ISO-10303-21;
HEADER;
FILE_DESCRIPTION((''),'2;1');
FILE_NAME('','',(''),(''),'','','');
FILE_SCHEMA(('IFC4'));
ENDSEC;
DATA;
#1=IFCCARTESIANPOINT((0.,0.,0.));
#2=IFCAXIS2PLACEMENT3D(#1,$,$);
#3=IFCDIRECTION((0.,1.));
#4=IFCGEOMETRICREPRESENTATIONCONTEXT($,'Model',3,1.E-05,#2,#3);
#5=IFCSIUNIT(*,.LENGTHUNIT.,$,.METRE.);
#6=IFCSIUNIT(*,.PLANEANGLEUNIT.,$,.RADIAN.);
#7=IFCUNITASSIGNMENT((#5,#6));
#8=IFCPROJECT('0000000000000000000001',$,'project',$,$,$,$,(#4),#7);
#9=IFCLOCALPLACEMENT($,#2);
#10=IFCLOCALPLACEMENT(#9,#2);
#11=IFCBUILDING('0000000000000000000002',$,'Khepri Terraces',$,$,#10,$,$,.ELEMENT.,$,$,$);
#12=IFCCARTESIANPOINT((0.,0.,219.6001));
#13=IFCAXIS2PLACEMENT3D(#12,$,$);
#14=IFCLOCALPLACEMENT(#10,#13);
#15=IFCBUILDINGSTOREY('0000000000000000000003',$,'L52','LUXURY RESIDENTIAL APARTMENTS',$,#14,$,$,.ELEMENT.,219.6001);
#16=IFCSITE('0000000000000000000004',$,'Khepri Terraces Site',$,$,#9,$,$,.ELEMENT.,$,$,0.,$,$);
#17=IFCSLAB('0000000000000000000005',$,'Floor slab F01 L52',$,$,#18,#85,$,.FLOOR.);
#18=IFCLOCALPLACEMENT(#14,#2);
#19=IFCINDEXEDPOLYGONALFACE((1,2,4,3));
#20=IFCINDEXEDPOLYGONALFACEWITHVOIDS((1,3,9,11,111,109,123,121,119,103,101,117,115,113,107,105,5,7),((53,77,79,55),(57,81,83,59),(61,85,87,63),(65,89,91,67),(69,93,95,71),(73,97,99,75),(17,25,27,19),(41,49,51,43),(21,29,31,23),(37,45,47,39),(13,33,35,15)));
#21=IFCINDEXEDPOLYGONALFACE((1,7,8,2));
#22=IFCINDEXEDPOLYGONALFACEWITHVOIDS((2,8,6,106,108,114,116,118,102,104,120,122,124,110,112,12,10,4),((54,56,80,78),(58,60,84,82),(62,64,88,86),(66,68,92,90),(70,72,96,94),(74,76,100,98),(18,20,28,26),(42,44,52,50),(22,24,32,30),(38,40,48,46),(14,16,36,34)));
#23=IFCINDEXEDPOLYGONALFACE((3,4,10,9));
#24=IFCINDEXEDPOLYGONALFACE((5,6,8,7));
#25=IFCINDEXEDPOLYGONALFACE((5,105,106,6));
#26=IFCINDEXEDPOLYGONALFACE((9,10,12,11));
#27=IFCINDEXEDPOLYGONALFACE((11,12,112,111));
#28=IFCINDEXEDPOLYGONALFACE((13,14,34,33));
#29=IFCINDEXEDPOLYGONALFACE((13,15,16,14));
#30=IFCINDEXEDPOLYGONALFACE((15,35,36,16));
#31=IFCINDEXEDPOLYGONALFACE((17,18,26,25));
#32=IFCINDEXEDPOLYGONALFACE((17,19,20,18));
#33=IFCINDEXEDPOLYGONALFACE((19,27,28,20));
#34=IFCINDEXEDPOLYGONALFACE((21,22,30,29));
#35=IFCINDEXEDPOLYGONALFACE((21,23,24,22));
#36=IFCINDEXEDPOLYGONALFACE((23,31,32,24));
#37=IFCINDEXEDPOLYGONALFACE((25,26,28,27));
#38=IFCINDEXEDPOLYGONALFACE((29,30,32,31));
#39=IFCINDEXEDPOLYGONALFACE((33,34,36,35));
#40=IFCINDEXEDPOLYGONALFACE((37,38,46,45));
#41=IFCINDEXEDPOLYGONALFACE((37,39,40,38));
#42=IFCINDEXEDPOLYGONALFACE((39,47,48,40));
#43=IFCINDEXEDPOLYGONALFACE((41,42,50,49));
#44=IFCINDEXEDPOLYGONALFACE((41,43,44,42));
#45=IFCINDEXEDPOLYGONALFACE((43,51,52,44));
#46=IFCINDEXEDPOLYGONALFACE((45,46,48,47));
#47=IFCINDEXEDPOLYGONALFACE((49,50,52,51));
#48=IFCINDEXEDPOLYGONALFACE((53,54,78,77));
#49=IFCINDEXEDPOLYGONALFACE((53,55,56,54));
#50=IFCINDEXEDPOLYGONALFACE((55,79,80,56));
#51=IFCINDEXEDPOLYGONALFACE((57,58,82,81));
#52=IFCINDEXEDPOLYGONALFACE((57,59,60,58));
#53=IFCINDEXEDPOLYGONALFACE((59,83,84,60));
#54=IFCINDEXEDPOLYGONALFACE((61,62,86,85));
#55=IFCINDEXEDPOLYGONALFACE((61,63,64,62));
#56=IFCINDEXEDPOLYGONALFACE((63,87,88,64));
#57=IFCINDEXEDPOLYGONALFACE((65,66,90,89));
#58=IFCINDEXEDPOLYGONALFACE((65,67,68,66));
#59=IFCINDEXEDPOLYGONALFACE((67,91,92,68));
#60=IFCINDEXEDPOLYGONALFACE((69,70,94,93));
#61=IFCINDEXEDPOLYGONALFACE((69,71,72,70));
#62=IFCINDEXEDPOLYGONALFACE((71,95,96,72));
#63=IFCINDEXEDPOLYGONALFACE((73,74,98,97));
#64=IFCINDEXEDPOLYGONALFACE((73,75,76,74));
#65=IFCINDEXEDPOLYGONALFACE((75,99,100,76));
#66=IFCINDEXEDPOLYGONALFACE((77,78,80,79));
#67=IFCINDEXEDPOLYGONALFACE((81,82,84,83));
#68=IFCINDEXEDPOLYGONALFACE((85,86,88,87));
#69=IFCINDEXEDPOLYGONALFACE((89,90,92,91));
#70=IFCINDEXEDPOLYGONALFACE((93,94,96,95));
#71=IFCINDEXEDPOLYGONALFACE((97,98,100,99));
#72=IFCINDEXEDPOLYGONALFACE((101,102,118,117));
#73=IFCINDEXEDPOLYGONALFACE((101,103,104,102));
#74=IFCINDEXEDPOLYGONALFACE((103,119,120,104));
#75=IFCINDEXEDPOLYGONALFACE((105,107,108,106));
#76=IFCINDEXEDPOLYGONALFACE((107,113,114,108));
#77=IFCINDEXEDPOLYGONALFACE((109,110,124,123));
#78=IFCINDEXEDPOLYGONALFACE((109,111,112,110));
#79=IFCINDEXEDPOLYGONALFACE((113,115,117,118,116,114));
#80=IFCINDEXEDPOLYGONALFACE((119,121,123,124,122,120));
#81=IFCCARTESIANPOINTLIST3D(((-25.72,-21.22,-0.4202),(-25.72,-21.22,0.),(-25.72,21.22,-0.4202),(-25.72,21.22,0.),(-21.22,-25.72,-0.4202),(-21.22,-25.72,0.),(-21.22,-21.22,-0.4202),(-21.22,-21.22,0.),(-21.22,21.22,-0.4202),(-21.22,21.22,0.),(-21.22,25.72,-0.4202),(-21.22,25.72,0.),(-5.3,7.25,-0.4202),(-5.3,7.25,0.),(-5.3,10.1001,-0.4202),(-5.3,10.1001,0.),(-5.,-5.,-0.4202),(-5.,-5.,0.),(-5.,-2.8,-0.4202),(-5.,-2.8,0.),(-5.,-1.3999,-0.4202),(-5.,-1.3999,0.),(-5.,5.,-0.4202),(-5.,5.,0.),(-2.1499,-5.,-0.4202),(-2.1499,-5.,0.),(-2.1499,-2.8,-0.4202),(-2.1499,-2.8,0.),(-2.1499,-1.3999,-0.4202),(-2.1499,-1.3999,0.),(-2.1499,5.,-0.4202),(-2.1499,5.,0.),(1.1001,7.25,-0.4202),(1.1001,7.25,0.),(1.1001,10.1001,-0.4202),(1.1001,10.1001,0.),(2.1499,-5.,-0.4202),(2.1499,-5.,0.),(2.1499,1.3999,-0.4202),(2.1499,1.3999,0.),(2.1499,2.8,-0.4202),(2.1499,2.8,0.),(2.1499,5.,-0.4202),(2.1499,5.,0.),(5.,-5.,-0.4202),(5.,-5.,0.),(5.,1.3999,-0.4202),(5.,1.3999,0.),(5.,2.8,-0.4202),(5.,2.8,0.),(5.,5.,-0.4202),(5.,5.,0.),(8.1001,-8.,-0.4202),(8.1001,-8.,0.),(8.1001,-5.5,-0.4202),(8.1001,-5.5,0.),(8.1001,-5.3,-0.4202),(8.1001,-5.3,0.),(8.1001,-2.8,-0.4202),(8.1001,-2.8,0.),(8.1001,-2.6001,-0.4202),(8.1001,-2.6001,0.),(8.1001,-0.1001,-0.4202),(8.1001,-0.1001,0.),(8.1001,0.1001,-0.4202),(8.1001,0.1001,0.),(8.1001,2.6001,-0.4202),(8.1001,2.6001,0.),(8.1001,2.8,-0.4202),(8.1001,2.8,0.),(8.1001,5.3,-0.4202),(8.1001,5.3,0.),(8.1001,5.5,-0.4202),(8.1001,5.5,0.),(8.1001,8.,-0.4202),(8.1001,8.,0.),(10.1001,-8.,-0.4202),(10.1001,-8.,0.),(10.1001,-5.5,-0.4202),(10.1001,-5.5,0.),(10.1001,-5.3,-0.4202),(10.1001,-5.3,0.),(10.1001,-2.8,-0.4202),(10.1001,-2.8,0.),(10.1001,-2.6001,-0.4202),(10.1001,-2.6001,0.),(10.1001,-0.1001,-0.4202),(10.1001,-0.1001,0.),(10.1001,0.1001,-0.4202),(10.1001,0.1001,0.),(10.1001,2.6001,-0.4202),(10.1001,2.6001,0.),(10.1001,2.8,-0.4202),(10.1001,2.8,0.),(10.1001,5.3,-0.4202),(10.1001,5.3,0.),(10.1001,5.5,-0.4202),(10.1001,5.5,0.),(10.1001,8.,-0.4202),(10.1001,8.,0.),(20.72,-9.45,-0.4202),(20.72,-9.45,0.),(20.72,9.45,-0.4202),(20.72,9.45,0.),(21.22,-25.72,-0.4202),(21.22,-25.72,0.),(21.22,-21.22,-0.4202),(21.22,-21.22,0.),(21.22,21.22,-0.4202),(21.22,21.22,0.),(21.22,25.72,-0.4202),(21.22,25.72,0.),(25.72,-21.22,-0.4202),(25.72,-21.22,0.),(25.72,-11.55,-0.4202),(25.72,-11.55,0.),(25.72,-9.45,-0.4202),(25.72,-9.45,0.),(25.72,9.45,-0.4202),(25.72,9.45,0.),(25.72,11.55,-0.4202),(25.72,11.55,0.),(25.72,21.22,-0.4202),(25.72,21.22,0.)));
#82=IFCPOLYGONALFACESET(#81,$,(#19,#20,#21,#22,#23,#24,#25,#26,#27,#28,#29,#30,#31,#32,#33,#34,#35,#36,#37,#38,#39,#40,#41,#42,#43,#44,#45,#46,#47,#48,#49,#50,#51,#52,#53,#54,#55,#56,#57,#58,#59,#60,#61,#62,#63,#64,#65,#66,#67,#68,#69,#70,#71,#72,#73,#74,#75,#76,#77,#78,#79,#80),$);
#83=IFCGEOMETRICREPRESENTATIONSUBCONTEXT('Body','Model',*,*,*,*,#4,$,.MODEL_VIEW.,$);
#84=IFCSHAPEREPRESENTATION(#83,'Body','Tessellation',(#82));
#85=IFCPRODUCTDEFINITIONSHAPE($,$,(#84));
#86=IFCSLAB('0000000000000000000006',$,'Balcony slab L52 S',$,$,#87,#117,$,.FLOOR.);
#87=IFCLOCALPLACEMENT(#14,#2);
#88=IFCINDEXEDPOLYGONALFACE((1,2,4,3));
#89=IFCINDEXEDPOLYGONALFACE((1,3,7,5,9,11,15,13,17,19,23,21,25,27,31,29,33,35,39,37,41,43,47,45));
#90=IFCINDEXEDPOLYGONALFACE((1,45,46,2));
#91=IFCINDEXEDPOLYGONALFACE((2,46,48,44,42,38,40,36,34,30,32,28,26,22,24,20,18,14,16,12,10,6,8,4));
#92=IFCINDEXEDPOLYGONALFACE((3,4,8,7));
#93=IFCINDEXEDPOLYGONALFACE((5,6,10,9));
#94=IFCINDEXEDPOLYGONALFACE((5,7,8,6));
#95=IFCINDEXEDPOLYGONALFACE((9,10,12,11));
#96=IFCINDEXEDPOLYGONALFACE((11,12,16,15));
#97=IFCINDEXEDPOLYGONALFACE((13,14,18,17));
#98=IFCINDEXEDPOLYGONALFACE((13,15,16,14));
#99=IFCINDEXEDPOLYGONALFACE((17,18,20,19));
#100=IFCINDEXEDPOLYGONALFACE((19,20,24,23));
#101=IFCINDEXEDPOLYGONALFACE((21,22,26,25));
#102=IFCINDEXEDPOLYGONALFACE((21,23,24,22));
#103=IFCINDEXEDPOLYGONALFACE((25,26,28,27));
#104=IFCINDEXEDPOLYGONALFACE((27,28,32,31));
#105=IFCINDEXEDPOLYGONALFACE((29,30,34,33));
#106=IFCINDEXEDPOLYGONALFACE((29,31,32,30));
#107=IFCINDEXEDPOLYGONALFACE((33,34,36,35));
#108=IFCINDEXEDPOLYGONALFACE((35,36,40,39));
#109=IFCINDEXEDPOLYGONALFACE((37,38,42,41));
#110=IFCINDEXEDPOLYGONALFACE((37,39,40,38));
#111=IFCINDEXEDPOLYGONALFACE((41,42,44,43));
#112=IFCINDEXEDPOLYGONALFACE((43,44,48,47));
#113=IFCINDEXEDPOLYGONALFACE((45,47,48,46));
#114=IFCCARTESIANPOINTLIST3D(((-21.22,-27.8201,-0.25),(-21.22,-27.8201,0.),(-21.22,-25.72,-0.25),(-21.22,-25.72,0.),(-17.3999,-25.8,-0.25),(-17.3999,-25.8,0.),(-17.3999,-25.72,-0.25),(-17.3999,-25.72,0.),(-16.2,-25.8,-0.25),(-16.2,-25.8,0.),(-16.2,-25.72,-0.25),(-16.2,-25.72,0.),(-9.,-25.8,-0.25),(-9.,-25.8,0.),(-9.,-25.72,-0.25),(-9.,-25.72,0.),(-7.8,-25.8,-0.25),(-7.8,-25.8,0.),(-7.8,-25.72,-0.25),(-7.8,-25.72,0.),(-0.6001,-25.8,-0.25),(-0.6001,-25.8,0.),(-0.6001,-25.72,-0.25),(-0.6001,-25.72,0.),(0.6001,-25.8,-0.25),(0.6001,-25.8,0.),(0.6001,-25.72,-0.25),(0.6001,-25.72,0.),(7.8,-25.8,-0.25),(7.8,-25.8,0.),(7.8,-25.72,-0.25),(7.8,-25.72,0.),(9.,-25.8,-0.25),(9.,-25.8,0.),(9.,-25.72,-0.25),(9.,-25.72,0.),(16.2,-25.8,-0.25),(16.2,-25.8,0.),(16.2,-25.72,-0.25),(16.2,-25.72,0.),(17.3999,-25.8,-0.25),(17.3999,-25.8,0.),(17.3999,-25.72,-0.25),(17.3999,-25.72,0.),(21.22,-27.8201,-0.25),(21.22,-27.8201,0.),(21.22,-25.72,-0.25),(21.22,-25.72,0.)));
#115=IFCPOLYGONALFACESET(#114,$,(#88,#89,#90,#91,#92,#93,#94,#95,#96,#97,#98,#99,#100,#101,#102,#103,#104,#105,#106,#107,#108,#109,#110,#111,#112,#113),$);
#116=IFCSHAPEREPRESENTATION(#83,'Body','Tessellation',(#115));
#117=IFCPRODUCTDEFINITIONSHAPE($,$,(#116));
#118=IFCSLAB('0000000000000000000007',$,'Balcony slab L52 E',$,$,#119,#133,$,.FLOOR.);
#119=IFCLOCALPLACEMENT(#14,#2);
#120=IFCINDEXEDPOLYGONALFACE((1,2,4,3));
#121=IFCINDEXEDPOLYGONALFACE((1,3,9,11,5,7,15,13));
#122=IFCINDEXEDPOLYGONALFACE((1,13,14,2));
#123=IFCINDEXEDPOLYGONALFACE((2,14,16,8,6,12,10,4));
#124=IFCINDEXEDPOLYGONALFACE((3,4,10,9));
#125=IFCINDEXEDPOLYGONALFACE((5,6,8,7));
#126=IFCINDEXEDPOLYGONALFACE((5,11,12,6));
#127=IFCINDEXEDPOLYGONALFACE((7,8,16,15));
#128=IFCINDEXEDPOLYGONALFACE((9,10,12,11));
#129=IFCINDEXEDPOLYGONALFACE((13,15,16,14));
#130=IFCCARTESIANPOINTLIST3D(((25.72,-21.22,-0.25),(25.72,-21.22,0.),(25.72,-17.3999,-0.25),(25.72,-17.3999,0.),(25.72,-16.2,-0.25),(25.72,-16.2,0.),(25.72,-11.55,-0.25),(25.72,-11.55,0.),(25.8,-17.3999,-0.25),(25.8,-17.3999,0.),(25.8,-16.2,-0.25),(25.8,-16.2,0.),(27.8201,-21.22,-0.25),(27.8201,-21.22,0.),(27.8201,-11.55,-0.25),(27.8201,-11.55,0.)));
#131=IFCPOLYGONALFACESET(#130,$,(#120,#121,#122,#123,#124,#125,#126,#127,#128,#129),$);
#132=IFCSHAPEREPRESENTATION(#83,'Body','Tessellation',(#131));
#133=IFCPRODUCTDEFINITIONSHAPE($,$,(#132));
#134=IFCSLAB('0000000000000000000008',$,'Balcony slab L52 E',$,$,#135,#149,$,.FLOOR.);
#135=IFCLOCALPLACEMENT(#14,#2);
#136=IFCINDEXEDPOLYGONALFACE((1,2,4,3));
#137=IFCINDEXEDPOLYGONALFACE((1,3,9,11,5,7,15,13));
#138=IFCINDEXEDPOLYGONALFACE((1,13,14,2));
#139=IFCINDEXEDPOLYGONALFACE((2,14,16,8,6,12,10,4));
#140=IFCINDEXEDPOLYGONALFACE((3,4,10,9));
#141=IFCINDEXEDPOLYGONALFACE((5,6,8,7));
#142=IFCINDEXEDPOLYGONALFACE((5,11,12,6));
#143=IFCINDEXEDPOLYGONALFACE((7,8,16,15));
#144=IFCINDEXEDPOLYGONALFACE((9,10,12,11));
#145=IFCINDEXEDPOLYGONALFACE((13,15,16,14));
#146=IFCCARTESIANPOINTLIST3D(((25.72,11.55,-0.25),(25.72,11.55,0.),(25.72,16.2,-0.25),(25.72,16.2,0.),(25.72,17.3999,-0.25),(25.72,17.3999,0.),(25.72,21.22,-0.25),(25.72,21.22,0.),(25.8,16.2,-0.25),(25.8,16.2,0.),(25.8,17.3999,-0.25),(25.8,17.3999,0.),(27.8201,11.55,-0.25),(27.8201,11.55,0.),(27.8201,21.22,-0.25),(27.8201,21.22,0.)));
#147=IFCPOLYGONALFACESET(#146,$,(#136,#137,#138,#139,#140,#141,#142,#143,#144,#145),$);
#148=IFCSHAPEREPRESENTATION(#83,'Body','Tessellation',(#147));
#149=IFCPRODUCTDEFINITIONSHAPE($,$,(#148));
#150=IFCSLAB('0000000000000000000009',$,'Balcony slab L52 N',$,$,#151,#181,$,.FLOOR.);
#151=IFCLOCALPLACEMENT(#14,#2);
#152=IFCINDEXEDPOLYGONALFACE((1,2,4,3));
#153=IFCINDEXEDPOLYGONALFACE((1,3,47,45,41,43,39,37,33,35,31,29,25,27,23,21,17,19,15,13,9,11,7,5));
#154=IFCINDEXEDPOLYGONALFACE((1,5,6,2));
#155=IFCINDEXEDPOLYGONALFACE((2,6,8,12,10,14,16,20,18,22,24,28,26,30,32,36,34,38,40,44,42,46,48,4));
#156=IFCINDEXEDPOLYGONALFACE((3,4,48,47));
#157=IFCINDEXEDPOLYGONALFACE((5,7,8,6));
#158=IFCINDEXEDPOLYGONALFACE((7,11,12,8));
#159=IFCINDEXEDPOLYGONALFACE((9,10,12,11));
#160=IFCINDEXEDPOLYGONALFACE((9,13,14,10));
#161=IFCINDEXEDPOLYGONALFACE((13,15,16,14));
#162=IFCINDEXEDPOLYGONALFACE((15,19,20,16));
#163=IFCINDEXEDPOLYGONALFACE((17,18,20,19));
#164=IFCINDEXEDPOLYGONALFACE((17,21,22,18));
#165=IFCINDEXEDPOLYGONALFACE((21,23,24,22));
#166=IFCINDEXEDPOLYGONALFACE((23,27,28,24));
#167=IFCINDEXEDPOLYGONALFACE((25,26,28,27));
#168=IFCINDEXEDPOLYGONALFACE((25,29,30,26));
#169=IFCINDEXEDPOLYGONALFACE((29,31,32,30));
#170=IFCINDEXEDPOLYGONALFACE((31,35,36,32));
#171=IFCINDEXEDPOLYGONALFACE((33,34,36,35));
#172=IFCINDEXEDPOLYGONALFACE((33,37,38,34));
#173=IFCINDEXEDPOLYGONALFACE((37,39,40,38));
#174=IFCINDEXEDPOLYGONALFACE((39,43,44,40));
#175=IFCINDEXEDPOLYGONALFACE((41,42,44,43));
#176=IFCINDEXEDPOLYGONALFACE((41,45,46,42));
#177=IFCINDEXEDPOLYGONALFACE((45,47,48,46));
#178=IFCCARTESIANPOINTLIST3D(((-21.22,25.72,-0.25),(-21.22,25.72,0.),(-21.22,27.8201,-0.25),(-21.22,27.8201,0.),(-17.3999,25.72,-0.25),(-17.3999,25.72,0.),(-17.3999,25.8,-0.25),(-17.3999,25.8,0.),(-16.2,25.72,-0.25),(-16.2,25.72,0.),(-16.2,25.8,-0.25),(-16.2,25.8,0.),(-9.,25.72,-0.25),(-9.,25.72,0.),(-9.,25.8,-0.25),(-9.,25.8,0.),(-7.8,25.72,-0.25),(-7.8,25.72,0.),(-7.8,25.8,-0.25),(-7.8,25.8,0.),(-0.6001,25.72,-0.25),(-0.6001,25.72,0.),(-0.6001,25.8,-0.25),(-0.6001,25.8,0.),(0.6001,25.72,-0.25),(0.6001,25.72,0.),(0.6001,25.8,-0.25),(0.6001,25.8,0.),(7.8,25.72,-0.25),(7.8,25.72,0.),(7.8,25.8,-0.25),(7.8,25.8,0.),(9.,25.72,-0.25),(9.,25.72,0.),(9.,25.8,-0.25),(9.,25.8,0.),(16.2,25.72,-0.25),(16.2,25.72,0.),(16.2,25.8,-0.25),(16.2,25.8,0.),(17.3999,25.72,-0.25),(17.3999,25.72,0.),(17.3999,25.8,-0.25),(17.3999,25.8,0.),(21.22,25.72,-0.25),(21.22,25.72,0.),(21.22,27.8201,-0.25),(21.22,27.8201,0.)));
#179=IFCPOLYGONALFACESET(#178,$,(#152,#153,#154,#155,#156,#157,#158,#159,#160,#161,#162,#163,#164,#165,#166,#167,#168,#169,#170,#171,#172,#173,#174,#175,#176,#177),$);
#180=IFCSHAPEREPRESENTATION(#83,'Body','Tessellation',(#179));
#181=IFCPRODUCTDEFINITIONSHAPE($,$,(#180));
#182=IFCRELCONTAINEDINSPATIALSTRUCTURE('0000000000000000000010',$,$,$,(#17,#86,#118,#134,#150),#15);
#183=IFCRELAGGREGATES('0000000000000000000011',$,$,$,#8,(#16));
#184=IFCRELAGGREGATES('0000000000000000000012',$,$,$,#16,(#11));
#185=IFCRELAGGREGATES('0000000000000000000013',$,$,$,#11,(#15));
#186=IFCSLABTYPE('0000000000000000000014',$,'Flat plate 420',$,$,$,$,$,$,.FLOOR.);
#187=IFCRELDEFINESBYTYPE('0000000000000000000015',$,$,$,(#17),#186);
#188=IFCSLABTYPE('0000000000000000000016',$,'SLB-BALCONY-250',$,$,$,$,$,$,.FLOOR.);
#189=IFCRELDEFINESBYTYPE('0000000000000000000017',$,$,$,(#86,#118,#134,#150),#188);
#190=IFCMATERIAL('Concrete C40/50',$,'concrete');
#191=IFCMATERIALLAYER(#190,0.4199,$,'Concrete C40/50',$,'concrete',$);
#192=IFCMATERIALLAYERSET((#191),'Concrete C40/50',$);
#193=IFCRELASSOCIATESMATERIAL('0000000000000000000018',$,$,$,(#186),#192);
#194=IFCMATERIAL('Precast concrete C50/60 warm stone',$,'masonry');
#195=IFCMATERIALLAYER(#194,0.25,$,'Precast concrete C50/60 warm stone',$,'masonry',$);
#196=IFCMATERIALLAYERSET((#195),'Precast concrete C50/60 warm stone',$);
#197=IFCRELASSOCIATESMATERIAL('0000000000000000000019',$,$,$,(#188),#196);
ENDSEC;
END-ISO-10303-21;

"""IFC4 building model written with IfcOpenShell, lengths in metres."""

from ifc_helpers import new_model, si_unit, direction, frame, origin, place, context, subcontext, project, spatial, polyline, outline, extrude, material, layer, layer_set, type_object, element, save


model = new_model("IFC4")

# Units and contexts
model_context = context("Model", 3, precision=1e-05, world=origin(), true_north=direction((0.0, 1.0)))
body_context = subcontext(model_context, "Body", "Model", "MODEL_VIEW")
ifc_project = project(units=[si_unit("LENGTHUNIT", "METRE"), si_unit("PLANEANGLEUNIT", "RADIAN")], contexts=[model_context])

# Site, building, storey
site_placement = place(None, origin())
site = spatial("IfcSite", under=ifc_project, at=site_placement, Name="Khepri Terraces Site", CompositionType="ELEMENT", RefElevation=0.0)
building_placement = place(site_placement, origin())
building = spatial("IfcBuilding", under=site, at=building_placement, Name="Khepri Terraces", CompositionType="ELEMENT")
storey_placement = place(building_placement, frame((0.0, 0.0, 219.6001)))
storey = spatial("IfcBuildingStorey", under=building, at=storey_placement, Name="L52", Description="LUXURY RESIDENTIAL APARTMENTS", CompositionType="ELEMENT", Elevation=219.6001)

# Slabs
ifc_material_1 = material(Name="Concrete C40/50", Category="concrete")
ifc_layer_1 = layer(ifc_material_1, 0.4199, Name="Concrete C40/50", Category="concrete")
ifc_layer_set_1 = layer_set([ifc_layer_1], Name="Concrete C40/50")
slab_type_1 = type_object("IfcSlabType", Name="Flat plate 420", PredefinedType="FLOOR", material=ifc_layer_set_1)
slab_1_placement = place(storey_placement, frame((0.0, 0.0, -0.4202)))
element("IfcSlab", 1, at=slab_1_placement, inside=storey, type_object=slab_type_1, Name="Floor slab F01 L52", PredefinedType="FLOOR", context=body_context, shape_type="SweptSolid", body=[
    extrude(outline(polyline([(21.22, 25.72), (21.22, 21.22), (25.72, 21.22), (25.72, 11.55), (25.72, 9.45), (20.72, 9.45), (20.72, -9.45), (25.72, -9.45), (25.72, -11.55), (25.72, -21.22), (21.22, -21.22), (21.22, -25.72), (-21.22, -25.72), (-21.22, -21.22), (-25.72, -21.22), (-25.72, 21.22), (-21.22, 21.22), (-21.22, 25.72), (21.22, 25.72)]), holes=[polyline([(2.1499, 2.8), (5.0, 2.8), (5.0, 5.0), (2.1499, 5.0), (2.1499, 2.8)]), polyline([(-5.0, -2.8), (-5.0, -5.0), (-2.1499, -5.0), (-2.1499, -2.8), (-5.0, -2.8)]), polyline([(10.1001, -5.5), (8.1001, -5.5), (8.1001, -8.0), (10.1001, -8.0), (10.1001, -5.5)]), polyline([(10.1001, -5.3), (10.1001, -2.8), (8.1001, -2.8), (8.1001, -5.3), (10.1001, -5.3)]), polyline([(8.1001, -2.6001), (10.1001, -2.6001), (10.1001, -0.1001), (8.1001, -0.1001), (8.1001, -2.6001)]), polyline([(8.1001, 2.6001), (8.1001, 0.1001), (10.1001, 0.1001), (10.1001, 2.6001), (8.1001, 2.6001)]), polyline([(10.1001, 5.3), (8.1001, 5.3), (8.1001, 2.8), (10.1001, 2.8), (10.1001, 5.3)]), polyline([(10.1001, 5.5), (10.1001, 8.0), (8.1001, 8.0), (8.1001, 5.5), (10.1001, 5.5)]), polyline([(-5.0, -1.3999), (-2.1499, -1.3999), (-2.1499, 5.0), (-5.0, 5.0), (-5.0, -1.3999)]), polyline([(5.0, -5.0), (5.0, 1.3999), (2.1499, 1.3999), (2.1499, -5.0), (5.0, -5.0)]), polyline([(-5.3, 10.1001), (-5.3, 7.25), (1.1001, 7.25), (1.1001, 10.1001), (-5.3, 10.1001)])]), origin(), (0.0, 0.0, 1.0), 0.4202),
])
ifc_material_2 = material(Name="Precast concrete C50/60 warm stone", Category="masonry")
ifc_layer_2 = layer(ifc_material_2, 0.25, Name="Precast concrete C50/60 warm stone", Category="masonry")
ifc_layer_set_2 = layer_set([ifc_layer_2], Name="Precast concrete C50/60 warm stone")
slab_type_2 = type_object("IfcSlabType", Name="SLB-BALCONY-250", PredefinedType="FLOOR", material=ifc_layer_set_2)
slab_2_placement = place(storey_placement, frame((0.0, 0.0, -0.25)))
element("IfcSlab", 2, at=slab_2_placement, inside=storey, type_object=slab_type_2, Name="Balcony slab L52 S", PredefinedType="FLOOR", context=body_context, shape_type="SweptSolid", body=[
    extrude(outline(polyline([(-17.3999, -25.72), (-21.22, -25.72), (-21.22, -27.8201), (21.22, -27.8201), (21.22, -25.72), (17.3999, -25.72), (17.3999, -25.8), (16.2, -25.8), (16.2, -25.72), (9.0, -25.72), (9.0, -25.8), (7.8, -25.8), (7.8, -25.72), (0.6001, -25.72), (0.6001, -25.8), (-0.6001, -25.8), (-0.6001, -25.72), (-7.8, -25.72), (-7.8, -25.8), (-9.0, -25.8), (-9.0, -25.72), (-16.2, -25.72), (-16.2, -25.8), (-17.3999, -25.8), (-17.3999, -25.72)])), origin(), (0.0, 0.0, 1.0), 0.25),
])
slab_3_placement = place(storey_placement, frame((0.0, 0.0, -0.25)))
element("IfcSlab", 3, at=slab_3_placement, inside=storey, type_object=slab_type_2, Name="Balcony slab L52 E", PredefinedType="FLOOR", context=body_context, shape_type="SweptSolid", body=[
    extrude(outline(polyline([(25.72, -17.3999), (25.72, -21.22), (27.8201, -21.22), (27.8201, -11.55), (25.72, -11.55), (25.72, -16.2), (25.8, -16.2), (25.8, -17.3999), (25.72, -17.3999)])), origin(), (0.0, 0.0, 1.0), 0.25),
])
slab_4_placement = place(storey_placement, frame((0.0, 0.0, -0.25)))
element("IfcSlab", 4, at=slab_4_placement, inside=storey, type_object=slab_type_2, Name="Balcony slab L52 E", PredefinedType="FLOOR", context=body_context, shape_type="SweptSolid", body=[
    extrude(outline(polyline([(25.72, 16.2), (25.72, 11.55), (27.8201, 11.55), (27.8201, 21.22), (25.72, 21.22), (25.72, 17.3999), (25.8, 17.3999), (25.8, 16.2), (25.72, 16.2)])), origin(), (0.0, 0.0, 1.0), 0.25),
])
slab_5_placement = place(storey_placement, frame((0.0, 0.0, -0.25)))
element("IfcSlab", 5, at=slab_5_placement, inside=storey, type_object=slab_type_2, Name="Balcony slab L52 N", PredefinedType="FLOOR", context=body_context, shape_type="SweptSolid", body=[
    extrude(outline(polyline([(17.3999, 25.72), (21.22, 25.72), (21.22, 27.8201), (-21.22, 27.8201), (-21.22, 25.72), (-17.3999, 25.72), (-17.3999, 25.8), (-16.2, 25.8), (-16.2, 25.72), (-9.0, 25.72), (-9.0, 25.8), (-7.8, 25.8), (-7.8, 25.72), (-0.6001, 25.72), (-0.6001, 25.8), (0.6001, 25.8), (0.6001, 25.72), (7.8, 25.72), (7.8, 25.8), (9.0, 25.8), (9.0, 25.72), (16.2, 25.72), (16.2, 25.8), (17.3999, 25.8), (17.3999, 25.72)])), origin(), (0.0, 0.0, 1.0), 0.25),
])

save(model, "model.ifc")
